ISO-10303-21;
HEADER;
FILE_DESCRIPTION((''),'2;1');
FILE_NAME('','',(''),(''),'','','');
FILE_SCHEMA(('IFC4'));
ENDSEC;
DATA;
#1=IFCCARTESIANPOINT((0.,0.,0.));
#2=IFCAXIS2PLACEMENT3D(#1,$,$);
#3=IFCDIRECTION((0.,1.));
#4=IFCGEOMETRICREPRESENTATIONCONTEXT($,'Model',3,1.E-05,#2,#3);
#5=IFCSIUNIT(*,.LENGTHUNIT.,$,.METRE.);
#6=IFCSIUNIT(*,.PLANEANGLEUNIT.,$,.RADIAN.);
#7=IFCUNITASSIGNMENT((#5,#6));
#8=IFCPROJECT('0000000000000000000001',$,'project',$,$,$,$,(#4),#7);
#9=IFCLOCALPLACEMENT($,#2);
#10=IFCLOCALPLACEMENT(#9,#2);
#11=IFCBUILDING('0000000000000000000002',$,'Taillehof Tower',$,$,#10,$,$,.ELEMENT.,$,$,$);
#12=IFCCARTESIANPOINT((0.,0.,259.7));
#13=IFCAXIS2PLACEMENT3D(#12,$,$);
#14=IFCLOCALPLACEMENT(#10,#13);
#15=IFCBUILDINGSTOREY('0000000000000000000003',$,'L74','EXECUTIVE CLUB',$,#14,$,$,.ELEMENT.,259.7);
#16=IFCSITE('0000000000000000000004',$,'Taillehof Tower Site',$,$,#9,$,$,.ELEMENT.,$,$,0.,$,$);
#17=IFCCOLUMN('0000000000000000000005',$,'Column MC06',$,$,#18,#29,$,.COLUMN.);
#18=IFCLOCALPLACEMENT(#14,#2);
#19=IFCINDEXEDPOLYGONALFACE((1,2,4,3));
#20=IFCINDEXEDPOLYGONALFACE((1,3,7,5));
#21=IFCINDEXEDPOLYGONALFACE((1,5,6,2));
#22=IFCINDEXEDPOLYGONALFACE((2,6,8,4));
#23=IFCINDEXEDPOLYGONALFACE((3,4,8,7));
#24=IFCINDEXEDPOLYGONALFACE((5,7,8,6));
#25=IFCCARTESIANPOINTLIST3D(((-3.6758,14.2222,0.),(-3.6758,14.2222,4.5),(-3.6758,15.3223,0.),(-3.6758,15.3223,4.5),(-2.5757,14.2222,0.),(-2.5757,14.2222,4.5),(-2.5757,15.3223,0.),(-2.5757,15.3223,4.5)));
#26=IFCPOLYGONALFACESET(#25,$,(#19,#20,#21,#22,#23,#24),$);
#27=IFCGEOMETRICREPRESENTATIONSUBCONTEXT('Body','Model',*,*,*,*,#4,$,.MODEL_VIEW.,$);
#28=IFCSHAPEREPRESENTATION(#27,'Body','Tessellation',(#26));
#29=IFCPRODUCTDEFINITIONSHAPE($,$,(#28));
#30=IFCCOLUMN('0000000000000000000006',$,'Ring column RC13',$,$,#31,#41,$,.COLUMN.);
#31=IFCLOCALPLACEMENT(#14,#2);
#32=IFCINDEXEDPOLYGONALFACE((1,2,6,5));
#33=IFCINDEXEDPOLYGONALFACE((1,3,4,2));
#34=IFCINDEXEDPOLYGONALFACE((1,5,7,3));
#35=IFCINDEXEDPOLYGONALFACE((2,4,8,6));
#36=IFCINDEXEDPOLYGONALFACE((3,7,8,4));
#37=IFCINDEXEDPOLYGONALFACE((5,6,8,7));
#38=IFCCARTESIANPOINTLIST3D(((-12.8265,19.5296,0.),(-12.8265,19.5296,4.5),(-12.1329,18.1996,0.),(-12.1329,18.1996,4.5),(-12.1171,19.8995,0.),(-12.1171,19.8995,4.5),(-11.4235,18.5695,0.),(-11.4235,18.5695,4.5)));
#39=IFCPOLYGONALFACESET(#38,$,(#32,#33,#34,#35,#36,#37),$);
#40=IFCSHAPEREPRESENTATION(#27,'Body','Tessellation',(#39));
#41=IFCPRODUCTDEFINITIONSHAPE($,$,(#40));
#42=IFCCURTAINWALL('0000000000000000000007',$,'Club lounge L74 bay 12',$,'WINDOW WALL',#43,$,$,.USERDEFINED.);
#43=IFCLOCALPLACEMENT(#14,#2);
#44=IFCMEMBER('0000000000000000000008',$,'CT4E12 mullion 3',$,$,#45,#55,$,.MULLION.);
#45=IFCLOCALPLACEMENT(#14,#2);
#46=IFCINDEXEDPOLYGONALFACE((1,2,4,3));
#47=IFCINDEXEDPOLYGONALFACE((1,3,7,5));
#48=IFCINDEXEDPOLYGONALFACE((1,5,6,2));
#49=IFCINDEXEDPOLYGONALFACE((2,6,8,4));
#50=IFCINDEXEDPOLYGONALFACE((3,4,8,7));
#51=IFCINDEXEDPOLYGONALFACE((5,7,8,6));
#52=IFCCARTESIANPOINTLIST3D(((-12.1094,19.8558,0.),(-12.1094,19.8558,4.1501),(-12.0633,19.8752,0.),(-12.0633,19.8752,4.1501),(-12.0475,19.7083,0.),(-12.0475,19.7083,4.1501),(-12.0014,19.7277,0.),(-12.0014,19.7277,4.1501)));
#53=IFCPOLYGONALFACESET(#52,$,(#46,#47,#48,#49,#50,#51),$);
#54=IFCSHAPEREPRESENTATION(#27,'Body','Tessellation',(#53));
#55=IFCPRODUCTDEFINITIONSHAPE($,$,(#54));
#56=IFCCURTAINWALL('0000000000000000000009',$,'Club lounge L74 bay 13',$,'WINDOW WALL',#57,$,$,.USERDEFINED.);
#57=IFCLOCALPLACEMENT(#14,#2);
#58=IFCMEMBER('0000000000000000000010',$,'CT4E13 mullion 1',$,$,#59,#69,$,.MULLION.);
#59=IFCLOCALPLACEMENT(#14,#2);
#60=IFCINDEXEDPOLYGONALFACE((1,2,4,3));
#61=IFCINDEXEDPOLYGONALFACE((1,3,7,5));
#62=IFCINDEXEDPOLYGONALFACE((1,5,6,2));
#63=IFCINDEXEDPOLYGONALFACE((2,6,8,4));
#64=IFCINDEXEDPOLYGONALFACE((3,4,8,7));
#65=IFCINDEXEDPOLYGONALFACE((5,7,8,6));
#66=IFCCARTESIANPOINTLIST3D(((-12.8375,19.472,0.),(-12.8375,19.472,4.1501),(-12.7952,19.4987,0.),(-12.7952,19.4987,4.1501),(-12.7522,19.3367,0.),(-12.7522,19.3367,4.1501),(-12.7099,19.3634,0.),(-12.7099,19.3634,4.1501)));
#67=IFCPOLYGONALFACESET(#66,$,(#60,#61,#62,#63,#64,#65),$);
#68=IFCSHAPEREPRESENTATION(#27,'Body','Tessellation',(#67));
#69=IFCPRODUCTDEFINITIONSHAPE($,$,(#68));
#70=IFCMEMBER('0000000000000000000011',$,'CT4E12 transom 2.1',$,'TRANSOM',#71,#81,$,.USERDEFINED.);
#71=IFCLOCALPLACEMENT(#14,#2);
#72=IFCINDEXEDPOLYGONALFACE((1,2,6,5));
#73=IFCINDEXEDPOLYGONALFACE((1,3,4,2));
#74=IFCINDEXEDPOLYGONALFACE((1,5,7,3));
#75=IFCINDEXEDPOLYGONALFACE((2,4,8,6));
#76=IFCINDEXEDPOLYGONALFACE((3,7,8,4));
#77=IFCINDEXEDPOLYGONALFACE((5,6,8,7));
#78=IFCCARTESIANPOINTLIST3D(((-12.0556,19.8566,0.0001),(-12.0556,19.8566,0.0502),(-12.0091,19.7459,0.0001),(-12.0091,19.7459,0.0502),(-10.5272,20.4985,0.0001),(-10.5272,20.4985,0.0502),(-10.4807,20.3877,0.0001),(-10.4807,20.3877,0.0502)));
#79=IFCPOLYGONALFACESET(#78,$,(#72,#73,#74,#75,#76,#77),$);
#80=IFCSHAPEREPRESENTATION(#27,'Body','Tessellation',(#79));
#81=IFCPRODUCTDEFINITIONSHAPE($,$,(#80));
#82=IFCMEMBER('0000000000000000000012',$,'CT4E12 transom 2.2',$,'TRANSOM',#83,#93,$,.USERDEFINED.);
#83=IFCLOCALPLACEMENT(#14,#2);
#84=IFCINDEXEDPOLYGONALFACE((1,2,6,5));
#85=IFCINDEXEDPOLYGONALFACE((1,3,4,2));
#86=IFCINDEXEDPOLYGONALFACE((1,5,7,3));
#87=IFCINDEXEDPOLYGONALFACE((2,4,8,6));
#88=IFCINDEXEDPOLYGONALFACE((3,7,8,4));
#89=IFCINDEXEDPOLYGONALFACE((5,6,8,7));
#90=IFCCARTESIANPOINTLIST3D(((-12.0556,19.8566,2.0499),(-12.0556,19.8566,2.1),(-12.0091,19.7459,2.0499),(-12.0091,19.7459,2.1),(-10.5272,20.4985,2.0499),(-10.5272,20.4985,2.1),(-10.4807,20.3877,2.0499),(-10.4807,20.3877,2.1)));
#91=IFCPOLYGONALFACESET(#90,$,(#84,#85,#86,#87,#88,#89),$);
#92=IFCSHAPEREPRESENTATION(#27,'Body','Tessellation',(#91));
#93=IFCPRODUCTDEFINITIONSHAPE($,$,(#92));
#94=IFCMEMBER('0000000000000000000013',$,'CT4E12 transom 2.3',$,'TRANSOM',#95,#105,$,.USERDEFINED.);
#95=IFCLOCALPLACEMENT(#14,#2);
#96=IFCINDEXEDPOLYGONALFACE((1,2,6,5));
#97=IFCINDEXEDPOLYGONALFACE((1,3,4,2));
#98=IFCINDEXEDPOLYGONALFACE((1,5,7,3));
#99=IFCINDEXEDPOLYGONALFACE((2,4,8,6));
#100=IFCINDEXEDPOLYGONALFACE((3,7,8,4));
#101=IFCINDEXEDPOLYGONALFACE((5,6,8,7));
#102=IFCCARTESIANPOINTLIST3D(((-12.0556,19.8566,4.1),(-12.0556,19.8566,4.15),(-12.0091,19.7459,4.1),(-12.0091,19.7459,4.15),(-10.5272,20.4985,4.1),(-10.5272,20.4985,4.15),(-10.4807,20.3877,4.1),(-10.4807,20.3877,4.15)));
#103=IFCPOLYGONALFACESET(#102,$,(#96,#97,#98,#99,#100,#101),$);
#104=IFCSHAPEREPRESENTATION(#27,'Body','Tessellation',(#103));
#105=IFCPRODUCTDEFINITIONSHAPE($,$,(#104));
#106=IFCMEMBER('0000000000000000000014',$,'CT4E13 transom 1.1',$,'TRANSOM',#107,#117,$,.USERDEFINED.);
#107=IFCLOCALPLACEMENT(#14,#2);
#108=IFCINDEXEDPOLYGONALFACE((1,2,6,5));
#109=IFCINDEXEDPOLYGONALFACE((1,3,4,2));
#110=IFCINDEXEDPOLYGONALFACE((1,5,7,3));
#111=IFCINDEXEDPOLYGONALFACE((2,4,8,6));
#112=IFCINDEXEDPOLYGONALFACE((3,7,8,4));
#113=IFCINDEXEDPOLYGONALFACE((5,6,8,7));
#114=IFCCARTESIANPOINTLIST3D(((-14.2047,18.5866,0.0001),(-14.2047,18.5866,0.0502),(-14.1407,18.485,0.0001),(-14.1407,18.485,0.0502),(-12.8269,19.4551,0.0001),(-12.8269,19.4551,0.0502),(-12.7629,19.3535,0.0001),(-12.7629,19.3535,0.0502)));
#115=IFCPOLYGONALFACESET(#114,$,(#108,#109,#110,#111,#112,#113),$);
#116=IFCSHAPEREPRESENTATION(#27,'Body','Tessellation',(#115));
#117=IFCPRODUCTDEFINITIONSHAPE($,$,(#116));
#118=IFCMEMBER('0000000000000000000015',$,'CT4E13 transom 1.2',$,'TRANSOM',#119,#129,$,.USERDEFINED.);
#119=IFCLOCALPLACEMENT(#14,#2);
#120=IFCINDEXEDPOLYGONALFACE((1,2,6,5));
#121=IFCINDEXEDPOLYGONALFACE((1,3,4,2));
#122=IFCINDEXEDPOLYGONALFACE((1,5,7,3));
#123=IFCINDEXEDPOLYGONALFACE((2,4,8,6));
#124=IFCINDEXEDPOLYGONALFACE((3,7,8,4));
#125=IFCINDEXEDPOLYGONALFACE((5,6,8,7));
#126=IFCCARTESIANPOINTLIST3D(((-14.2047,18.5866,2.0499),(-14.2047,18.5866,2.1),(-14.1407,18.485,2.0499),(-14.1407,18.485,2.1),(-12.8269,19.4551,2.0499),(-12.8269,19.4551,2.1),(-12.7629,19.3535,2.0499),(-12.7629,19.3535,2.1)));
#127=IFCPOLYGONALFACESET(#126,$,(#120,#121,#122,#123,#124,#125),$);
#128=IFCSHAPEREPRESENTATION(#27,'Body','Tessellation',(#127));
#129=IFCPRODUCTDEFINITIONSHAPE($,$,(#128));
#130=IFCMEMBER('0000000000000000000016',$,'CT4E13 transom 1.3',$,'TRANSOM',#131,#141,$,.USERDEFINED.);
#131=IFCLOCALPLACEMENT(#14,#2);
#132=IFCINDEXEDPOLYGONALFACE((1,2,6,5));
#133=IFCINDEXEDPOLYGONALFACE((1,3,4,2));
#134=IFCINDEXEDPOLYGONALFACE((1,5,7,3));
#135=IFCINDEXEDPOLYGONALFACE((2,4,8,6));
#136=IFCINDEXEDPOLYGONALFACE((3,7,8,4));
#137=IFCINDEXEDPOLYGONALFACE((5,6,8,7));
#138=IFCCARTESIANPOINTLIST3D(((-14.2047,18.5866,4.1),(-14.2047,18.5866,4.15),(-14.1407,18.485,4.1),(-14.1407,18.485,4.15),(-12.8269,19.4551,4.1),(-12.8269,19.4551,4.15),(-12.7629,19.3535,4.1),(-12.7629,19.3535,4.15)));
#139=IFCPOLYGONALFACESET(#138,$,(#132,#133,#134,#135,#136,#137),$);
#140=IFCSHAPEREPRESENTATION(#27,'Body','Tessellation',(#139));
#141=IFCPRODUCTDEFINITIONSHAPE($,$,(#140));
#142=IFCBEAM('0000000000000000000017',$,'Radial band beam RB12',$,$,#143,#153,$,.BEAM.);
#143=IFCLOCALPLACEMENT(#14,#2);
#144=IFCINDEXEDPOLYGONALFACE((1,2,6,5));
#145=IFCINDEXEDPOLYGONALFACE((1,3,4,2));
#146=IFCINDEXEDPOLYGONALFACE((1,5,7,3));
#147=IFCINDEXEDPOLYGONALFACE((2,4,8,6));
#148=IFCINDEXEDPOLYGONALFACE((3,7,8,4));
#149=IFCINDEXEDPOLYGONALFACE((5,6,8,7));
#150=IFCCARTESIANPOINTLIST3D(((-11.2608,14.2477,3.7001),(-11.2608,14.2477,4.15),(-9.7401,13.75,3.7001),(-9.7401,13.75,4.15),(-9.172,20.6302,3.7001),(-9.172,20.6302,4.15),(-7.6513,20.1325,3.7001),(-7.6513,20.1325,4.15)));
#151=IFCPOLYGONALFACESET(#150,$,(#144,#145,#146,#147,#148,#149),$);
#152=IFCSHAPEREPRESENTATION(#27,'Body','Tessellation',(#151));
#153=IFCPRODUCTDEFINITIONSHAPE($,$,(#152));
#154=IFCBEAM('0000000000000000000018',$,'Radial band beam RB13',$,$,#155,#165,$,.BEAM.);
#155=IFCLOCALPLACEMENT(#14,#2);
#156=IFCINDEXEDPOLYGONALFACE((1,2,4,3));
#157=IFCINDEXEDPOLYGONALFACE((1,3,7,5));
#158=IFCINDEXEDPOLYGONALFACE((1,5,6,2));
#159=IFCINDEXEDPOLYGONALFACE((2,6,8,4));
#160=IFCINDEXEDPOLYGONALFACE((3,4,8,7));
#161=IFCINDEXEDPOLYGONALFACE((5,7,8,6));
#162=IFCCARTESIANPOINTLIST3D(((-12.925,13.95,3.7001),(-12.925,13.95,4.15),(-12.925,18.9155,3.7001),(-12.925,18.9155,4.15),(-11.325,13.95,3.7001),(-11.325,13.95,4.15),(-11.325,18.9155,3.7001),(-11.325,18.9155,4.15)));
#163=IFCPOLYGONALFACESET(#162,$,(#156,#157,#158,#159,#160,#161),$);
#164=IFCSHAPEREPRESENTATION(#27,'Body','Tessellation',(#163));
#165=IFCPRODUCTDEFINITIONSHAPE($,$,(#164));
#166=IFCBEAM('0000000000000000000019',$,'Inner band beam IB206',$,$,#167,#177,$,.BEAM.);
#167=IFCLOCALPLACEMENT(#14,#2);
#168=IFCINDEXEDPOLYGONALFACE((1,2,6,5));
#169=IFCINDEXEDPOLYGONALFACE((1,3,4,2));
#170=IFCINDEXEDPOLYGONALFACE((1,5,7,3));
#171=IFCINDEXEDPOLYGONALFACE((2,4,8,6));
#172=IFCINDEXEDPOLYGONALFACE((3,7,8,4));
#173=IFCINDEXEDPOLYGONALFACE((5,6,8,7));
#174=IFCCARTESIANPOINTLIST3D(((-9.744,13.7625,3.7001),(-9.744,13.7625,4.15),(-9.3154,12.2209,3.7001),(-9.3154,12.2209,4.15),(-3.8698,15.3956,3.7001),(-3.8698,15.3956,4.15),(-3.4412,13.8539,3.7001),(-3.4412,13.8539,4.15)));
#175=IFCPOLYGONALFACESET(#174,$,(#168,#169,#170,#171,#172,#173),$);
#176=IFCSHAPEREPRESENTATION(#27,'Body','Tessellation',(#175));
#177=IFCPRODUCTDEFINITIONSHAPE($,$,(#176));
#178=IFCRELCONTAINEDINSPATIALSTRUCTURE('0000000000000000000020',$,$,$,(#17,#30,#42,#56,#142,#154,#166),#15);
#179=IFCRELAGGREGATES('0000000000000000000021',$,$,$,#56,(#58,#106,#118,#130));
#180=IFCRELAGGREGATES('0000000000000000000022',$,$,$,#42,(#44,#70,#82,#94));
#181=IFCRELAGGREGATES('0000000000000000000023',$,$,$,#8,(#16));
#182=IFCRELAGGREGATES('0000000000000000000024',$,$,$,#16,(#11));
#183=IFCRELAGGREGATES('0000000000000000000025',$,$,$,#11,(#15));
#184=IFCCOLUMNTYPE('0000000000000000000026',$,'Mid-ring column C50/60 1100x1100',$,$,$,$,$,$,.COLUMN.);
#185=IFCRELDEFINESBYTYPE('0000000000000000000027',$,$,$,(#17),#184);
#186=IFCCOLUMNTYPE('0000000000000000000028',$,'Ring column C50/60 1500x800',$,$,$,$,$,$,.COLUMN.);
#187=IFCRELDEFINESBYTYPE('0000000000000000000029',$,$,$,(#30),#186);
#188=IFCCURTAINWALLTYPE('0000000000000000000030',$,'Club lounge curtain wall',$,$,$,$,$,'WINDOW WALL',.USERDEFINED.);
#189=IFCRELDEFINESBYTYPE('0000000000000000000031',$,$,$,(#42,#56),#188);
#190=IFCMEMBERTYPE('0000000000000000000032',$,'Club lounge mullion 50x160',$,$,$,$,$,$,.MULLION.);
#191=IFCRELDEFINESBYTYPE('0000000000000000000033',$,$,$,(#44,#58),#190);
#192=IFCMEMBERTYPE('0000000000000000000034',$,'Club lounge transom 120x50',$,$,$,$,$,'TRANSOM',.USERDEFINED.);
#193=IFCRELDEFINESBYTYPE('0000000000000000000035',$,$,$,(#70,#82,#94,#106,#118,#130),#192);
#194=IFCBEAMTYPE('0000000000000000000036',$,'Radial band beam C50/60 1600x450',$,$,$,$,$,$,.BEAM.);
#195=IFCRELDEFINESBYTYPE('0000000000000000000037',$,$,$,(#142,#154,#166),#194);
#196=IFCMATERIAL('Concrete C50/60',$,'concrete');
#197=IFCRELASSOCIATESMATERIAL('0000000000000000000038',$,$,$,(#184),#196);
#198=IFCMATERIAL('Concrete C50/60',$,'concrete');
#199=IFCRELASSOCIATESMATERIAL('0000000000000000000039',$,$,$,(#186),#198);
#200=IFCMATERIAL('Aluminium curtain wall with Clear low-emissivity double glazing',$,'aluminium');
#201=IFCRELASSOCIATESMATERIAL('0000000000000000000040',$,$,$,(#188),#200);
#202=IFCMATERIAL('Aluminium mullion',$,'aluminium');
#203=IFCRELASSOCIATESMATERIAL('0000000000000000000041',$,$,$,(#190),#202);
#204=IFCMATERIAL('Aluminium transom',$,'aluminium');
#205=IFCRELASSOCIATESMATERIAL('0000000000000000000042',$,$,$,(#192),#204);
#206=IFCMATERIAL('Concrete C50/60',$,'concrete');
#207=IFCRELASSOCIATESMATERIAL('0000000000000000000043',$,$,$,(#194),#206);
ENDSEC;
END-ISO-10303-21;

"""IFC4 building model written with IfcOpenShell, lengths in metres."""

from ifc_helpers import new_model, si_unit, direction, frame, origin, origin_2d, place, context, subcontext, project, spatial, rectangle, extrude, material, material_profile, profile_set, type_object, element, aggregate, save


model = new_model("IFC4")

# Units and contexts
model_context = context("Model", 3, precision=1e-05, world=origin(), true_north=direction((0.0, 1.0)))
body_context = subcontext(model_context, "Body", "Model", "MODEL_VIEW")
ifc_project = project(units=[si_unit("LENGTHUNIT", "METRE"), si_unit("PLANEANGLEUNIT", "RADIAN")], contexts=[model_context])

# Site, building, storey
site_placement = place(None, origin())
site = spatial("IfcSite", under=ifc_project, at=site_placement, Name="Taillehof Tower Site", CompositionType="ELEMENT", RefElevation=0.0)
building_placement = place(site_placement, origin())
building = spatial("IfcBuilding", under=site, at=building_placement, Name="Taillehof Tower", CompositionType="ELEMENT")
storey_placement = place(building_placement, frame((0.0, 0.0, 259.7)))
storey = spatial("IfcBuildingStorey", under=building, at=storey_placement, Name="L74", Description="EXECUTIVE CLUB", CompositionType="ELEMENT", Elevation=259.7)

# Columns
ifc_material_1 = material(Name="Concrete C50/60", Category="concrete")
ifc_material_profile_1 = material_profile(ifc_material_1, rectangle(XDim=1.1001, YDim=1.1001, at=origin_2d()), Name="RC 1100x1100")
ifc_profile_set_1 = profile_set([ifc_material_profile_1], Name="Concrete C50/60")
column_type_1 = type_object("IfcColumnType", Name="Mid-ring column C50/60 1100x1100", PredefinedType="COLUMN", material=ifc_profile_set_1)
column_1_placement = place(storey_placement, frame((-3.1257, 14.7722, 0.0), z_axis=(0.0, 0.0, 1.0), x_axis=(1.0, 0.0, 0.0)))
element("IfcColumn", 1, at=column_1_placement, inside=storey, type_object=column_type_1, Name="Column MC06", PredefinedType="COLUMN", context=body_context, shape_type="SweptSolid", body=[
    extrude(rectangle(XDim=1.1001, YDim=1.1001, at=origin_2d()), origin(), (0.0, 0.0, 1.0), 4.5),
])
ifc_material_2 = material(Name="Concrete C50/60", Category="concrete")
ifc_material_profile_2 = material_profile(ifc_material_2, rectangle(XDim=1.5, YDim=0.8, at=origin_2d()), Name="RC 1500x800")
ifc_profile_set_2 = profile_set([ifc_material_profile_2], Name="Concrete C50/60")
column_type_2 = type_object("IfcColumnType", Name="Ring column C50/60 1500x800", PredefinedType="COLUMN", material=ifc_profile_set_2)
column_2_placement = place(storey_placement, frame((-12.125, 19.0496, 0.0), z_axis=(0.0, 0.0, 1.0), x_axis=(-0.462384, 0.88668, 0.0)))
element("IfcColumn", 2, at=column_2_placement, inside=storey, type_object=column_type_2, Name="Ring column RC13", PredefinedType="COLUMN", context=body_context, shape_type="SweptSolid", body=[
    extrude(rectangle(XDim=1.5, YDim=0.8, at=origin_2d()), origin(), (0.0, 0.0, 1.0), 4.5),
])

# Curtain walls, members
ifc_material_3 = material(Name="Aluminium curtain wall with Clear low-emissivity double glazing", Category="aluminium")
curtain_wall_type = type_object("IfcCurtainWallType", Name="Club lounge curtain wall", ElementType="WINDOW WALL", PredefinedType="USERDEFINED", material=ifc_material_3)
curtain_wall_1_placement = place(storey_placement, origin())
curtain_wall_1 = element("IfcCurtainWall", 3, at=curtain_wall_1_placement, inside=storey, type_object=curtain_wall_type, Name="Club lounge L74 bay 12", ObjectType="WINDOW WALL", PredefinedType="USERDEFINED")
ifc_material_4 = material(Name="Aluminium mullion", Category="aluminium")
ifc_material_profile_3 = material_profile(ifc_material_4, rectangle(XDim=0.1599, YDim=0.05, at=origin_2d()), Name="AL 50x160")
ifc_profile_set_3 = profile_set([ifc_material_profile_3], Name="Aluminium mullion")
member_type_1 = type_object("IfcMemberType", Name="Club lounge mullion 50x160", PredefinedType="MULLION", material=ifc_profile_set_3)
member_1_placement = place(storey_placement, frame((-12.0554, 19.7917, 0.0), z_axis=(0.0, 0.0, 1.0), x_axis=(0.387101, -0.922037, 0.0)))
member_1 = element("IfcMember", 4, at=member_1_placement, type_object=member_type_1, Name="CT4E12 mullion 3", PredefinedType="MULLION", context=body_context, shape_type="SweptSolid", body=[
    extrude(rectangle(XDim=0.1599, YDim=0.05, at=origin_2d()), origin(), (0.0, 0.0, 1.0), 4.1501),
])
curtain_wall_2_placement = place(storey_placement, origin())
curtain_wall_2 = element("IfcCurtainWall", 5, at=curtain_wall_2_placement, inside=storey, type_object=curtain_wall_type, Name="Club lounge L74 bay 13", ObjectType="WINDOW WALL", PredefinedType="USERDEFINED")
member_2_placement = place(storey_placement, frame((-12.7737, 19.4177, 0.0), z_axis=(0.0, 0.0, 1.0), x_axis=(0.533294, -0.84593, 0.0)))
member_2 = element("IfcMember", 6, at=member_2_placement, type_object=member_type_1, Name="CT4E13 mullion 1", PredefinedType="MULLION", context=body_context, shape_type="SweptSolid", body=[
    extrude(rectangle(XDim=0.1599, YDim=0.05, at=origin_2d()), origin(), (0.0, 0.0, 1.0), 4.1501),
])

# Members
ifc_material_5 = material(Name="Aluminium transom", Category="aluminium")
ifc_material_profile_4 = material_profile(ifc_material_5, rectangle(XDim=0.1201, YDim=0.05, at=origin_2d()), Name="AL 120x50")
ifc_profile_set_4 = profile_set([ifc_material_profile_4], Name="Aluminium transom")
member_type_2 = type_object("IfcMemberType", Name="Club lounge transom 120x50", ElementType="TRANSOM", PredefinedType="USERDEFINED", material=ifc_profile_set_4)
member_3_placement = place(storey_placement, frame((-10.5039, 20.4431, 0.0251), z_axis=(-0.921993, -0.387207, 0.0), x_axis=(0.387207, -0.921993, 0.0)))
member_3 = element("IfcMember", 7, at=member_3_placement, type_object=member_type_2, Name="CT4E12 transom 2.1", ObjectType="TRANSOM", PredefinedType="USERDEFINED", context=body_context, shape_type="SweptSolid", body=[
    extrude(rectangle(XDim=0.1201, YDim=0.05, at=origin_2d()), origin(), (0.0, 0.0, 1.0), 1.6577),
])
member_4_placement = place(storey_placement, frame((-10.5039, 20.4431, 2.075), z_axis=(-0.921993, -0.387207, 0.0), x_axis=(0.387207, -0.921993, 0.0)))
member_4 = element("IfcMember", 8, at=member_4_placement, type_object=member_type_2, Name="CT4E12 transom 2.2", ObjectType="TRANSOM", PredefinedType="USERDEFINED", context=body_context, shape_type="SweptSolid", body=[
    extrude(rectangle(XDim=0.1201, YDim=0.05, at=origin_2d()), origin(), (0.0, 0.0, 1.0), 1.6577),
])
member_5_placement = place(storey_placement, frame((-10.5039, 20.4431, 4.125), z_axis=(-0.921993, -0.387207, 0.0), x_axis=(0.387207, -0.921993, 0.0)))
member_5 = element("IfcMember", 9, at=member_5_placement, type_object=member_type_2, Name="CT4E12 transom 2.3", ObjectType="TRANSOM", PredefinedType="USERDEFINED", context=body_context, shape_type="SweptSolid", body=[
    extrude(rectangle(XDim=0.1201, YDim=0.05, at=origin_2d()), origin(), (0.0, 0.0, 1.0), 1.6577),
])
member_6_placement = place(storey_placement, frame((-12.7949, 19.4043, 0.0251), z_axis=(-0.845962, -0.533243, 0.0), x_axis=(0.533243, -0.845962, 0.0)))
member_6 = element("IfcMember", 10, at=member_6_placement, type_object=member_type_2, Name="CT4E13 transom 1.1", ObjectType="TRANSOM", PredefinedType="USERDEFINED", context=body_context, shape_type="SweptSolid", body=[
    extrude(rectangle(XDim=0.1201, YDim=0.05, at=origin_2d()), origin(), (0.0, 0.0, 1.0), 1.6287),
])
member_7_placement = place(storey_placement, frame((-12.7949, 19.4043, 2.075), z_axis=(-0.845962, -0.533243, 0.0), x_axis=(0.533243, -0.845962, 0.0)))
member_7 = element("IfcMember", 11, at=member_7_placement, type_object=member_type_2, Name="CT4E13 transom 1.2", ObjectType="TRANSOM", PredefinedType="USERDEFINED", context=body_context, shape_type="SweptSolid", body=[
    extrude(rectangle(XDim=0.1201, YDim=0.05, at=origin_2d()), origin(), (0.0, 0.0, 1.0), 1.6287),
])
member_8_placement = place(storey_placement, frame((-12.7949, 19.4043, 4.125), z_axis=(-0.845962, -0.533243, 0.0), x_axis=(0.533243, -0.845962, 0.0)))
member_8 = element("IfcMember", 12, at=member_8_placement, type_object=member_type_2, Name="CT4E13 transom 1.3", ObjectType="TRANSOM", PredefinedType="USERDEFINED", context=body_context, shape_type="SweptSolid", body=[
    extrude(rectangle(XDim=0.1201, YDim=0.05, at=origin_2d()), origin(), (0.0, 0.0, 1.0), 1.6287),
])
aggregate(curtain_wall_2, [member_2, member_6, member_7, member_8])

# Beams
ifc_material_6 = material(Name="Concrete C50/60", Category="concrete")
ifc_material_profile_5 = material_profile(ifc_material_6, rectangle(XDim=1.6001, YDim=0.45, at=origin_2d()), Name="RC 1600x450")
ifc_profile_set_5 = profile_set([ifc_material_profile_5], Name="Concrete C50/60")
beam_type_1 = type_object("IfcBeamType", Name="Radial band beam C50/60 1600x450", PredefinedType="BEAM", material=ifc_profile_set_5)
beam_1_placement = place(storey_placement, frame((-8.4116, 20.3813, 3.925), z_axis=(-0.311043, -0.950396, 0.0), x_axis=(0.950396, -0.311043, 0.0)))
element("IfcBeam", 13, at=beam_1_placement, inside=storey, type_object=beam_type_1, Name="Radial band beam RB12", PredefinedType="BEAM", context=body_context, shape_type="SweptSolid", body=[
    extrude(rectangle(XDim=1.6001, YDim=0.45, at=origin_2d()), origin(), (0.0, 0.0, 1.0), 6.7156),
])
beam_2_placement = place(storey_placement, frame((-12.125, 18.9155, 3.925), z_axis=(0.0, -1.0, 0.0), x_axis=(1.0, 0.0, 0.0)))
element("IfcBeam", 14, at=beam_2_placement, inside=storey, type_object=beam_type_1, Name="Radial band beam RB13", PredefinedType="BEAM", context=body_context, shape_type="SweptSolid", body=[
    extrude(rectangle(XDim=1.6001, YDim=0.45, at=origin_2d()), origin(), (0.0, 0.0, 1.0), 4.9656),
])
beam_3_placement = place(storey_placement, frame((-3.6555, 14.6248, 3.925), z_axis=(-0.963459, -0.267855, 0.0), x_axis=(0.267855, -0.963459, 0.0)))
element("IfcBeam", 15, at=beam_3_placement, inside=storey, type_object=beam_type_1, Name="Inner band beam IB206", PredefinedType="BEAM", context=body_context, shape_type="SweptSolid", body=[
    extrude(rectangle(XDim=1.6001, YDim=0.45, at=origin_2d()), origin(), (0.0, 0.0, 1.0), 6.0969),
])

aggregate(curtain_wall_1, [member_1, member_3, member_4, member_5])

save(model, "model.ifc")
